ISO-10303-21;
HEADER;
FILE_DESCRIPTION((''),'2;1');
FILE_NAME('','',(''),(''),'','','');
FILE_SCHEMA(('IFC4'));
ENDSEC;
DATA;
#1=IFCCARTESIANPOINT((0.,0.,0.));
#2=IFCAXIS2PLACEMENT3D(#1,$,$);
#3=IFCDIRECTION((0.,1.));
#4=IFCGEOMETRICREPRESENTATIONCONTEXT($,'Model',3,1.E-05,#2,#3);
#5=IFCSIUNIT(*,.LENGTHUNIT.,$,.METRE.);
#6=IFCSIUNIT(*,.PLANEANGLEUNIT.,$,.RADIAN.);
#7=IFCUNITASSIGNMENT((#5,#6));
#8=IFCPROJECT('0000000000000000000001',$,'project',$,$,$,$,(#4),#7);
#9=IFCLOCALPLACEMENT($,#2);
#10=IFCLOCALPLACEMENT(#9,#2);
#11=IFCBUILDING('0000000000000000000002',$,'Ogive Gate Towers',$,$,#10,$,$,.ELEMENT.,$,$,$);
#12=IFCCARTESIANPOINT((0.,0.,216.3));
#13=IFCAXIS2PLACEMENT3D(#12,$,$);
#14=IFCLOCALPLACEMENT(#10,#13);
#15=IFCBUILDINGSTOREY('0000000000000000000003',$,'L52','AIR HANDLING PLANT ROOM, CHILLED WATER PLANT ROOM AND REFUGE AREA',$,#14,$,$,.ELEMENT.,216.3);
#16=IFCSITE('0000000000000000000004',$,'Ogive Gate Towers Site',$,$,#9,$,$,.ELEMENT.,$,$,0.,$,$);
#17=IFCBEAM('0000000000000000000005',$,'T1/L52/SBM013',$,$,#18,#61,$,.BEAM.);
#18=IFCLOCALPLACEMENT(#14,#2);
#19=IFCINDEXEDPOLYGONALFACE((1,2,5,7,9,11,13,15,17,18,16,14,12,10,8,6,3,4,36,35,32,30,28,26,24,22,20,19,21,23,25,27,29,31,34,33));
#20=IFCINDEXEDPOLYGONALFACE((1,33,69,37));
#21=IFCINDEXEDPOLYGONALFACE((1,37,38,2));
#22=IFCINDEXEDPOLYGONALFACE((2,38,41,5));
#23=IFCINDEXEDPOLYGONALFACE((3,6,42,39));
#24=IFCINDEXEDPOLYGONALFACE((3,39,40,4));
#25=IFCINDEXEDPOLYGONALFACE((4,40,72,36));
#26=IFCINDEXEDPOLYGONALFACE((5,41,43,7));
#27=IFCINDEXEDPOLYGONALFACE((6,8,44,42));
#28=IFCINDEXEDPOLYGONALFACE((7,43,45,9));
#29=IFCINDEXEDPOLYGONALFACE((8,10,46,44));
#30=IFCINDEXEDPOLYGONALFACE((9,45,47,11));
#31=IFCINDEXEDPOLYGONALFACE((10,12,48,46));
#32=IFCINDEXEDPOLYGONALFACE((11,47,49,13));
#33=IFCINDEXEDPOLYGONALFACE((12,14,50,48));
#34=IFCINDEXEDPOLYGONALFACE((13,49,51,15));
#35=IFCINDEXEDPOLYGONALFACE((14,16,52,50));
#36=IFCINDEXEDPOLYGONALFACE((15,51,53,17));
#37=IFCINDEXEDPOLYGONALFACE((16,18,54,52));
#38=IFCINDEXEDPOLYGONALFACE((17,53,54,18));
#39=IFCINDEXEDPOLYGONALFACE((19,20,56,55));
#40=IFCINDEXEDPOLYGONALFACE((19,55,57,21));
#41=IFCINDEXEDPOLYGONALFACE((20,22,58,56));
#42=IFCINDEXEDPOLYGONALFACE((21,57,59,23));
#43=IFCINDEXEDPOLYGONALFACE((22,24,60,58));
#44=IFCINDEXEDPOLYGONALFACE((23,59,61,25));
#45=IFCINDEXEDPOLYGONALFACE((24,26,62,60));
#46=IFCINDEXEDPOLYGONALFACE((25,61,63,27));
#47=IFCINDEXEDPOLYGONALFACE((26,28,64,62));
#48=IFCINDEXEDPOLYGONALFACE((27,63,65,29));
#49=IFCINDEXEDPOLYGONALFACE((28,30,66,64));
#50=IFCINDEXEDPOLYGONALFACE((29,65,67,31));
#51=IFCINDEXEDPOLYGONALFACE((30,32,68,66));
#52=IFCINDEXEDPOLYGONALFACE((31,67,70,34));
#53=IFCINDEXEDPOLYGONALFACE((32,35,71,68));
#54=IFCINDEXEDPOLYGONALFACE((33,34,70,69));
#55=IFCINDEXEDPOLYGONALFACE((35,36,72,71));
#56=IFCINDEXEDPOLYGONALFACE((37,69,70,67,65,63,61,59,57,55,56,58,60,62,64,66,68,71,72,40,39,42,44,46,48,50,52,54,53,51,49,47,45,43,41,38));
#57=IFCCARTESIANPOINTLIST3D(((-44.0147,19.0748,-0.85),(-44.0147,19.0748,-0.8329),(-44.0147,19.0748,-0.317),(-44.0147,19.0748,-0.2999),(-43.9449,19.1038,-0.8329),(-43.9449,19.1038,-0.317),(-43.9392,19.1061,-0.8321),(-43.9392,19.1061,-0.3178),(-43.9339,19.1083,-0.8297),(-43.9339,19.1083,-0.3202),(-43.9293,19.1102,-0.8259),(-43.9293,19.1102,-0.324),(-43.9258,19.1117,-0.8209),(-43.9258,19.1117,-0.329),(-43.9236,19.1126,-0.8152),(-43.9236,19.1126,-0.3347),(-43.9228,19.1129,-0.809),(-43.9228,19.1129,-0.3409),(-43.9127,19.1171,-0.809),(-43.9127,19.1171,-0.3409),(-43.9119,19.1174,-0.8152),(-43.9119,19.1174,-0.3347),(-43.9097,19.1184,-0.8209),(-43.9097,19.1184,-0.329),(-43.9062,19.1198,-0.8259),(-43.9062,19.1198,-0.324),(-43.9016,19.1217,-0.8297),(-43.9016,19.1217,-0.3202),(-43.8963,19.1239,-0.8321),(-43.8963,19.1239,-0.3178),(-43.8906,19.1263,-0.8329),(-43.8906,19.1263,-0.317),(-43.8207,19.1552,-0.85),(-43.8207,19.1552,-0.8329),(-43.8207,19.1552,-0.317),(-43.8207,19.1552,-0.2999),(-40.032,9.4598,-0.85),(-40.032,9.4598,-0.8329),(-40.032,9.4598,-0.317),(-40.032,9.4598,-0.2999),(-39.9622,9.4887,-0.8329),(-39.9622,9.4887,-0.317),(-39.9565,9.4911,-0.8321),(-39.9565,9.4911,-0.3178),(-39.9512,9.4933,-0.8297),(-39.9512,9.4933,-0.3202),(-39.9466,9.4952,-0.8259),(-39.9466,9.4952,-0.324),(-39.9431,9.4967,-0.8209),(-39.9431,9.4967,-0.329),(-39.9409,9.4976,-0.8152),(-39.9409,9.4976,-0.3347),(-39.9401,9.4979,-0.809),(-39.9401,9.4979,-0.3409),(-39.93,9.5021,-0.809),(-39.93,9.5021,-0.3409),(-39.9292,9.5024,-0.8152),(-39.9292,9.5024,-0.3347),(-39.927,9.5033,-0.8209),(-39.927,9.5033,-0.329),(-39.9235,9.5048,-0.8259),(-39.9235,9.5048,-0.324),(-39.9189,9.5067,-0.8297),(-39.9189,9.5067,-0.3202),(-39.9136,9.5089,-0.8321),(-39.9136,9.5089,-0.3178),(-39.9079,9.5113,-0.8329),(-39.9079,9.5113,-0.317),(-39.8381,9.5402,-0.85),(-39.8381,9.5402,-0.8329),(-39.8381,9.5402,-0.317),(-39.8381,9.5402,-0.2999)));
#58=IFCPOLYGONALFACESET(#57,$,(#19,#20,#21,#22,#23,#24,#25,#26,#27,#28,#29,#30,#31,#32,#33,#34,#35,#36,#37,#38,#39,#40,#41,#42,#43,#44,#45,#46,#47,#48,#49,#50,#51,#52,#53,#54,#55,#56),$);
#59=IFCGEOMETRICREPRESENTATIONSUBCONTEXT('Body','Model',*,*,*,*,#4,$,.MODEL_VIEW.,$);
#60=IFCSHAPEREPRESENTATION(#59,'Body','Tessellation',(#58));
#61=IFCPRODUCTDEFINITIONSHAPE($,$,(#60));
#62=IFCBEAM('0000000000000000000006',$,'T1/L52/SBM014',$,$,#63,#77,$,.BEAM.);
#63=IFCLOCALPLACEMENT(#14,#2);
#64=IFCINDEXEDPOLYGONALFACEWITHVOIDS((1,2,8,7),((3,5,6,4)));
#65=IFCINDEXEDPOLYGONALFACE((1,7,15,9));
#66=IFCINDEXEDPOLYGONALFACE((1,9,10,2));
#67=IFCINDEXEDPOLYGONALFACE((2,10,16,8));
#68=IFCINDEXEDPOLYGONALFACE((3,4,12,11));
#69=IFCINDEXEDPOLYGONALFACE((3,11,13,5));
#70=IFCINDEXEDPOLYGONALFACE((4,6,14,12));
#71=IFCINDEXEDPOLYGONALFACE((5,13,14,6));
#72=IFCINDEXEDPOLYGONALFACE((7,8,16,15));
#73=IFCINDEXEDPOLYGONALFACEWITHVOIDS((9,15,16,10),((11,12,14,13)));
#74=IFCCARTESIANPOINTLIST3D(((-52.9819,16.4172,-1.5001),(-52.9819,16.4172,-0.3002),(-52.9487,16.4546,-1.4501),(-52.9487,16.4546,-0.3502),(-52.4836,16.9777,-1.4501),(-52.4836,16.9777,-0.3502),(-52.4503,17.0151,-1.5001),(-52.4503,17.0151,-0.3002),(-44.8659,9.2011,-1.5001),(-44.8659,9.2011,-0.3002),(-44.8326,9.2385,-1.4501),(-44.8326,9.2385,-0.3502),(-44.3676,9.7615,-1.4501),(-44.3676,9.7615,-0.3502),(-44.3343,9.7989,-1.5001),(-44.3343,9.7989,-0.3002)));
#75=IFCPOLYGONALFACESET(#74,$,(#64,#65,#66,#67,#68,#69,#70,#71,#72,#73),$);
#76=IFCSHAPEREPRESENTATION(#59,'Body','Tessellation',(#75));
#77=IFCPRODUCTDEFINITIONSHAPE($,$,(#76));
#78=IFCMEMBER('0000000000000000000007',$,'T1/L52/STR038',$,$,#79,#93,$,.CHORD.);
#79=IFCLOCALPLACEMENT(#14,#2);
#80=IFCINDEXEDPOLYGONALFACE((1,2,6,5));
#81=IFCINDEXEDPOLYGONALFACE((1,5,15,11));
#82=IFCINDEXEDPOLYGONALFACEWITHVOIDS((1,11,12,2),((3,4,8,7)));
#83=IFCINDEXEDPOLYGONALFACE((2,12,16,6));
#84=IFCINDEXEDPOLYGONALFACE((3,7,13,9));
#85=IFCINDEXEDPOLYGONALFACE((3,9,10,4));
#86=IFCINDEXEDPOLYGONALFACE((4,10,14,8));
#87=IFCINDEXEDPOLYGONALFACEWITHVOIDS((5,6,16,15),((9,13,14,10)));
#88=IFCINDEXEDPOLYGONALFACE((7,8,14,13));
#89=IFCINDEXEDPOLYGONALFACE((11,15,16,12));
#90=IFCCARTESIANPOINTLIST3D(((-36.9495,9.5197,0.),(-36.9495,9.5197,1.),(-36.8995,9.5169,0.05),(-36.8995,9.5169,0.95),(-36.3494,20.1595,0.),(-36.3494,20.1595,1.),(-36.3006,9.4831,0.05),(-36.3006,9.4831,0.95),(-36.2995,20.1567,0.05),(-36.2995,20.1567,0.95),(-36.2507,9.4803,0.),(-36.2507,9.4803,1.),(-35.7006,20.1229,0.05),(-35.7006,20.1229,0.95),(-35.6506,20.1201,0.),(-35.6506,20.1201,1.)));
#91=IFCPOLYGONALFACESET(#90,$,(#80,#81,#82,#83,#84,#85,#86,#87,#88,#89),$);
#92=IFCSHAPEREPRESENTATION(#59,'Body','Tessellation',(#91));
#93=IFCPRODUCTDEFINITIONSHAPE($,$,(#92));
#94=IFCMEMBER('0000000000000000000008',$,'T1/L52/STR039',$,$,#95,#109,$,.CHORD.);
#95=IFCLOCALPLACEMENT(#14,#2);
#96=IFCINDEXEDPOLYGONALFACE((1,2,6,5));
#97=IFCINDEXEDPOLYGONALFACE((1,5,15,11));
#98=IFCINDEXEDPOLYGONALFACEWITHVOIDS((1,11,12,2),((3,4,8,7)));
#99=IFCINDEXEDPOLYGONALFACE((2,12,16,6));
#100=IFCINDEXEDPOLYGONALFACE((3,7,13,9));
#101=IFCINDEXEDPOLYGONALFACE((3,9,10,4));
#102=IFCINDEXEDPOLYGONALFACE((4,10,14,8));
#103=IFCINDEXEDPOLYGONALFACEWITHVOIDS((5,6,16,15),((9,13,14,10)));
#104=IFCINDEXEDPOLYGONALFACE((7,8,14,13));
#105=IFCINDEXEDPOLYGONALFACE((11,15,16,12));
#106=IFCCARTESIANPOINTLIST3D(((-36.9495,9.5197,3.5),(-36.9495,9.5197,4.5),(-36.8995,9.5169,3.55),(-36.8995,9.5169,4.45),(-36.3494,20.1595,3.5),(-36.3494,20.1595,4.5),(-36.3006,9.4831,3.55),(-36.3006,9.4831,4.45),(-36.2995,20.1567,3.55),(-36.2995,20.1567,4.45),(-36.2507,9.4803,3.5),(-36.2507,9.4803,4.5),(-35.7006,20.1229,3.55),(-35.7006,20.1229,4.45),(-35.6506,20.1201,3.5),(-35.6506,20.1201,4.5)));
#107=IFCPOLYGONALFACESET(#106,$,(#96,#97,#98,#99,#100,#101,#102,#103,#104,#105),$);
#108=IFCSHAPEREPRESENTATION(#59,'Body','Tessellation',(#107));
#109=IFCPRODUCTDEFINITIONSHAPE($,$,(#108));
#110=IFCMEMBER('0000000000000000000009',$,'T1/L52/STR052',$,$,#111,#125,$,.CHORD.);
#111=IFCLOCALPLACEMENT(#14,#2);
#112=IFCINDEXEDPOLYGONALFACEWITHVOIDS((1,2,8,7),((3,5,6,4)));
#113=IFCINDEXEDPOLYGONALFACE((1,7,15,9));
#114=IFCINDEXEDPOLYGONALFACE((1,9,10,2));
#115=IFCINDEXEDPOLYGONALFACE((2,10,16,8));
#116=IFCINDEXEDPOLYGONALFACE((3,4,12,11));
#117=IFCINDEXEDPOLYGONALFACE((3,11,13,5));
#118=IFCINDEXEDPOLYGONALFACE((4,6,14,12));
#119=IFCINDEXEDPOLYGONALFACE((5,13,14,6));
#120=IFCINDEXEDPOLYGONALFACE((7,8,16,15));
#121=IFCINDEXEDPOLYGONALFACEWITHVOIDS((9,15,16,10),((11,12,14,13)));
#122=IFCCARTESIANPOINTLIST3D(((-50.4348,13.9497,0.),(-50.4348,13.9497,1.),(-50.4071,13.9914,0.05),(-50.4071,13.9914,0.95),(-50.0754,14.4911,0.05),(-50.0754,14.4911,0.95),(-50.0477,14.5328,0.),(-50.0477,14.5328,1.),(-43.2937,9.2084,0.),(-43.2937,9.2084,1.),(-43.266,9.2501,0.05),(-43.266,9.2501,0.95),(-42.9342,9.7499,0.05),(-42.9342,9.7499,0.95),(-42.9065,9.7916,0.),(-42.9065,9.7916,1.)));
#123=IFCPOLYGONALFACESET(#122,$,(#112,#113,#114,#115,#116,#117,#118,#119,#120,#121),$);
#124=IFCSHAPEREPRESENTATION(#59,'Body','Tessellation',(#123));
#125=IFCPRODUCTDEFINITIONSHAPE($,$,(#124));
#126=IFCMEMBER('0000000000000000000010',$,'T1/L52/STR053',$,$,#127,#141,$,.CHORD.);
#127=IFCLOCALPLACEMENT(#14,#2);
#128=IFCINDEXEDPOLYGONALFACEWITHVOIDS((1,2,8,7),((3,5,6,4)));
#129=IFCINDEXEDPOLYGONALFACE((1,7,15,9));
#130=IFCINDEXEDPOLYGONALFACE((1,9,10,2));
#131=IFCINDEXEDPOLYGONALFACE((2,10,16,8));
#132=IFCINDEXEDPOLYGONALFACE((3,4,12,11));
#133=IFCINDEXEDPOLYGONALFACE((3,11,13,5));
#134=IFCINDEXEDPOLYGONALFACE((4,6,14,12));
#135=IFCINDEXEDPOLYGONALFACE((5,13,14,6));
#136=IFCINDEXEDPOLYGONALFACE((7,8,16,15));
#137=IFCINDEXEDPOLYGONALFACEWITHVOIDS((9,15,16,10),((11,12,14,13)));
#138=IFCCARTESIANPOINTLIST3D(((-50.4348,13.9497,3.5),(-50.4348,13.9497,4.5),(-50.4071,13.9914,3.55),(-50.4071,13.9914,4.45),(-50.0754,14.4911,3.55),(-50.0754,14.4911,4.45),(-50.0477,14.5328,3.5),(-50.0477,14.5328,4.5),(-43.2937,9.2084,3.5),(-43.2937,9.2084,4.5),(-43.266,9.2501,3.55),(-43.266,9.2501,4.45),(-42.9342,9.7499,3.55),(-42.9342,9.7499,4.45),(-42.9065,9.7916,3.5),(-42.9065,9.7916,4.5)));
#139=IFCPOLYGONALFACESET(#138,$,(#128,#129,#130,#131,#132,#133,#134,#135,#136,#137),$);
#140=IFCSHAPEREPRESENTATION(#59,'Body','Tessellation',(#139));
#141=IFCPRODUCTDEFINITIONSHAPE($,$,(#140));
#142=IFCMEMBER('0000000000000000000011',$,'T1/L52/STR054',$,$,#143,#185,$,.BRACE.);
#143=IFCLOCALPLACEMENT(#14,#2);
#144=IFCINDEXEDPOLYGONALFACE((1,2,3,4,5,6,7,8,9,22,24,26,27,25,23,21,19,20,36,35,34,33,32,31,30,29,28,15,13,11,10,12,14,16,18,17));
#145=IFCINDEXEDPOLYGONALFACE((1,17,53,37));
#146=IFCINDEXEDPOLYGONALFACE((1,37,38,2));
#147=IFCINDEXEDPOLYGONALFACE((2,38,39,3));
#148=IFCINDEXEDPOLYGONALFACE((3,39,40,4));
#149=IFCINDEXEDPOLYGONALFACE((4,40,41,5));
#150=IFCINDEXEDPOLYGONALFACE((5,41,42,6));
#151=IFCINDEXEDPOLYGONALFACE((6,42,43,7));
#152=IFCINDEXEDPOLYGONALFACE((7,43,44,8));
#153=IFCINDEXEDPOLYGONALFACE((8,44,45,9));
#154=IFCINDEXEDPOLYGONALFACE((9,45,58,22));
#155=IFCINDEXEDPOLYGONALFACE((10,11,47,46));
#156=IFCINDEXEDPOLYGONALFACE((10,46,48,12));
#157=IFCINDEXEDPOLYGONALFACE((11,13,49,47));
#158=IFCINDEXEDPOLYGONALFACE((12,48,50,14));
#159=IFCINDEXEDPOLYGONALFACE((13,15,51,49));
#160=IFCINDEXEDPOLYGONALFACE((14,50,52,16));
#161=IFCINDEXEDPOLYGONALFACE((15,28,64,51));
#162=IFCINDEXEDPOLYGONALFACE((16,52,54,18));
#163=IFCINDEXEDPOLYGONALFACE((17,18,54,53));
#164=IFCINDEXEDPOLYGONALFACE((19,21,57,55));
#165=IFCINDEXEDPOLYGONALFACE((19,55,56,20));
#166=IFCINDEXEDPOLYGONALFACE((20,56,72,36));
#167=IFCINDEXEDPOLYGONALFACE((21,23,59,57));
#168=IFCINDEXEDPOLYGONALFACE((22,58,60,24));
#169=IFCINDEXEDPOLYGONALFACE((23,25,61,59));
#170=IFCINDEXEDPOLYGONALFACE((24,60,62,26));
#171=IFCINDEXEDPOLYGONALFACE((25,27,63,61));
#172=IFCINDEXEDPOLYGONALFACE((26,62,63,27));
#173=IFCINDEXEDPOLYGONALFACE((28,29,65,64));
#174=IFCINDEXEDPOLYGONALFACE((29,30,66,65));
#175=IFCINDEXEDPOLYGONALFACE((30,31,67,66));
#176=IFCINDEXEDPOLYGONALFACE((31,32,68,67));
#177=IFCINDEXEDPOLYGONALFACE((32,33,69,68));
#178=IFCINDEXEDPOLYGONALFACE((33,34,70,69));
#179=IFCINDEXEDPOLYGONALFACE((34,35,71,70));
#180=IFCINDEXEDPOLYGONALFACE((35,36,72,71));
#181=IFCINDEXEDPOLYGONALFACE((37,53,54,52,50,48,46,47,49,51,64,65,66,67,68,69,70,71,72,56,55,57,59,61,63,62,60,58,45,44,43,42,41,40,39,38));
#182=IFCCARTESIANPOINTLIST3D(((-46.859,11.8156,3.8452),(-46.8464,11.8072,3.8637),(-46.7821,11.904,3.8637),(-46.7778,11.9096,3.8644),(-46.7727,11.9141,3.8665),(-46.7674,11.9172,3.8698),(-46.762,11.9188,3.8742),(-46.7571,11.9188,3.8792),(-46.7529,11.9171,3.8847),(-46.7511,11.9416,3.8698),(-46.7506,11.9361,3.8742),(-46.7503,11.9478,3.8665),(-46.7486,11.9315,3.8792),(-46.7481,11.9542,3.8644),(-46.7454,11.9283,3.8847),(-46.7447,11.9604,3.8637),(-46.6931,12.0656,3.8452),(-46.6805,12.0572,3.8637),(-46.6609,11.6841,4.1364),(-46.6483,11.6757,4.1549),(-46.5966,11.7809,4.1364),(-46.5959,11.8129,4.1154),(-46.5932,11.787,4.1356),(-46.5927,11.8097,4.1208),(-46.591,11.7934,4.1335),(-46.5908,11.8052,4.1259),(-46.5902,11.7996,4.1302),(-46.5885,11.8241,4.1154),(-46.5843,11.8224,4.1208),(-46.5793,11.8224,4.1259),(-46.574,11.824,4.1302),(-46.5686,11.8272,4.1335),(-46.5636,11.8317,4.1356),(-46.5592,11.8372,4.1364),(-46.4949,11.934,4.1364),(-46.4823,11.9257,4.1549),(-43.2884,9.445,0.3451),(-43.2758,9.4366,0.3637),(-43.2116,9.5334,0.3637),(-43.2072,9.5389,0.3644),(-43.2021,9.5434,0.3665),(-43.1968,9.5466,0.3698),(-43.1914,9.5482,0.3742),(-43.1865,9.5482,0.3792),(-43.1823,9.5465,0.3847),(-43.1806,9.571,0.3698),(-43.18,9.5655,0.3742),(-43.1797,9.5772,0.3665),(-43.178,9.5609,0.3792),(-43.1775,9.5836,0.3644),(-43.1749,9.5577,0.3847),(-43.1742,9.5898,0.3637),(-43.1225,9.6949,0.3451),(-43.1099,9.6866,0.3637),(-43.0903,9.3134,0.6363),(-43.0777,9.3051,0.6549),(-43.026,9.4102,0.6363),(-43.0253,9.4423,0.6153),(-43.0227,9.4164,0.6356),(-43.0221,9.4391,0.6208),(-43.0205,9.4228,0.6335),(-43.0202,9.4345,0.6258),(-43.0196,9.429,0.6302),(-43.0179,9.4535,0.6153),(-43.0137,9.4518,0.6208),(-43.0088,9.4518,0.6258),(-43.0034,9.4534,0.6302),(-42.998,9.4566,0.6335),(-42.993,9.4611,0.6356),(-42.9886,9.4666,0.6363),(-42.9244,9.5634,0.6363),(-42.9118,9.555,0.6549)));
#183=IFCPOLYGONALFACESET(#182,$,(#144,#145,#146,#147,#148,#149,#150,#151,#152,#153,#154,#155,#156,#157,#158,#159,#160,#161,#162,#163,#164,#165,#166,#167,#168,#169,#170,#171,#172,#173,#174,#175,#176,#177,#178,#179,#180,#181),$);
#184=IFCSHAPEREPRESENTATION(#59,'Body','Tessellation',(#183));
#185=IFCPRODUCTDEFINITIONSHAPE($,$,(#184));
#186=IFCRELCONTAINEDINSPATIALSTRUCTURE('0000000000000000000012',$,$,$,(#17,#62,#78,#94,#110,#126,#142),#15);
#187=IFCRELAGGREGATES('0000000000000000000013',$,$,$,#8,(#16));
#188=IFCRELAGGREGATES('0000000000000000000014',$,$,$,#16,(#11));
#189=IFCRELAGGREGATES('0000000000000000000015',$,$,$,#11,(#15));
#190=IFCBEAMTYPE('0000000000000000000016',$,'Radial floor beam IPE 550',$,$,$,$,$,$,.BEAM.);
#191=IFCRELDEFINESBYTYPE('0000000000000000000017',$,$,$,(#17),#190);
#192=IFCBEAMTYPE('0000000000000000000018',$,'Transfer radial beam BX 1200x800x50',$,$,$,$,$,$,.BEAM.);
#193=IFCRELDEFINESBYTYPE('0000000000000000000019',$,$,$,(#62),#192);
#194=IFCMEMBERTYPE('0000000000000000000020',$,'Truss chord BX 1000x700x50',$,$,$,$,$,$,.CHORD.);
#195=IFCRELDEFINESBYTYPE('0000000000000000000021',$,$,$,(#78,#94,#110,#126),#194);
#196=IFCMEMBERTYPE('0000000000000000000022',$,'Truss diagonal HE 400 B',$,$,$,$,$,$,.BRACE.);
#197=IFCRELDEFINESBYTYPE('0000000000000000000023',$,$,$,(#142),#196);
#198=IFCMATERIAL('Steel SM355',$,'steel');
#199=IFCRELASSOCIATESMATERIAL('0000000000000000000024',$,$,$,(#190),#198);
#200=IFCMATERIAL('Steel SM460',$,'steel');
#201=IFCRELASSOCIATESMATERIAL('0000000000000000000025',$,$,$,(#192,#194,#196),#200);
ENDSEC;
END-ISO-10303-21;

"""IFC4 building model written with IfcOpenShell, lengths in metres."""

from ifc_helpers import new_model, si_unit, direction, frame, origin, origin_2d, place, context, subcontext, project, spatial, hollow_rectangle, i_section, extrude, material, material_profile, profile_set, type_object, element, save


model = new_model("IFC4")

# Units and contexts
model_context = context("Model", 3, precision=1e-05, world=origin(), true_north=direction((0.0, 1.0)))
body_context = subcontext(model_context, "Body", "Model", "MODEL_VIEW")
ifc_project = project(units=[si_unit("LENGTHUNIT", "METRE"), si_unit("PLANEANGLEUNIT", "RADIAN")], contexts=[model_context])

# Site, building, storey
site_placement = place(None, origin())
site = spatial("IfcSite", under=ifc_project, at=site_placement, Name="Ogive Gate Towers Site", CompositionType="ELEMENT", RefElevation=0.0)
building_placement = place(site_placement, origin())
building = spatial("IfcBuilding", under=site, at=building_placement, Name="Ogive Gate Towers", CompositionType="ELEMENT")
storey_placement = place(building_placement, frame((0.0, 0.0, 216.3)))
storey = spatial("IfcBuildingStorey", under=building, at=storey_placement, Name="L52", Description="AIR HANDLING PLANT ROOM, CHILLED WATER PLANT ROOM AND REFUGE AREA", CompositionType="ELEMENT", Elevation=216.3)

# Beams
ifc_material_1 = material(Name="Steel SM355", Category="steel")
ifc_material_profile_1 = material_profile(ifc_material_1, i_section(OverallWidth=0.21, OverallDepth=0.55, WebThickness=0.011, FlangeThickness=0.0171, FilletRadius=0.0239, at=origin_2d()), Name="IPE 550")
ifc_profile_set_1 = profile_set([ifc_material_profile_1], Name="Steel SM355")
beam_type_1 = type_object("IfcBeamType", Name="Radial floor beam IPE 550", PredefinedType="BEAM", material=ifc_profile_set_1)
beam_1_placement = place(storey_placement, frame((-39.9351, 9.5, -0.575), z_axis=(-0.382684, 0.923879, 0.0), x_axis=(-0.923879, -0.382684, 0.0)))
element("IfcBeam", 1, at=beam_1_placement, inside=storey, type_object=beam_type_1, Name="T1/L52/SBM013", PredefinedType="BEAM", context=body_context, shape_type="SweptSolid", body=[
    extrude(i_section(OverallWidth=0.21, OverallDepth=0.55, WebThickness=0.011, FlangeThickness=0.0171, FilletRadius=0.0239, at=origin_2d()), origin(), (0.0, 0.0, 1.0), 10.4072),
])
ifc_material_2 = material(Name="Steel SM460", Category="steel")
ifc_material_profile_2 = material_profile(ifc_material_2, hollow_rectangle(XDim=0.8, YDim=1.2, WallThickness=0.05, at=origin_2d()), Name="BX 1200x800x50")
ifc_profile_set_2 = profile_set([ifc_material_profile_2], Name="Steel SM460")
beam_type_2 = type_object("IfcBeamType", Name="Transfer radial beam BX 1200x800x50", PredefinedType="BEAM", material=ifc_profile_set_2)
beam_2_placement = place(storey_placement, frame((-44.6001, 9.5, -0.9001), z_axis=(-0.747324, 0.66446, 0.0), x_axis=(-0.66446, -0.747324, 0.0)))
element("IfcBeam", 2, at=beam_2_placement, inside=storey, type_object=beam_type_2, Name="T1/L52/SBM014", PredefinedType="BEAM", context=body_context, shape_type="SweptSolid", body=[
    extrude(hollow_rectangle(XDim=0.8, YDim=1.2, WallThickness=0.05, at=origin_2d()), origin(), (0.0, 0.0, 1.0), 10.8601),
])

# Members
ifc_material_profile_3 = material_profile(ifc_material_2, hollow_rectangle(XDim=0.7, YDim=1.0, WallThickness=0.05, at=origin_2d()), Name="BX 1000x700x50")
ifc_profile_set_3 = profile_set([ifc_material_profile_3], Name="Steel SM460")
member_type_1 = type_object("IfcMemberType", Name="Truss chord BX 1000x700x50", PredefinedType="CHORD", material=ifc_profile_set_3)
for number, where, z_axis, x_axis, name in (
    (3, (-36.6001, 9.5, 0.5), (0.056311, 0.998413, 0.0), (-0.998413, 0.056311, 0.0), "T1/L52/STR038"),
    (4, (-36.6001, 9.5, 4.0), (0.056311, 0.998413, 0.0), (-0.998413, 0.056311, 0.0), "T1/L52/STR039"),
):
    element("IfcMember", number, at=place(storey_placement, frame(where, z_axis=z_axis, x_axis=x_axis)), inside=storey, type_object=member_type_1, Name=name, PredefinedType="CHORD", context=body_context, shape_type="SweptSolid", body=[
        extrude(hollow_rectangle(XDim=0.7, YDim=1.0, WallThickness=0.05, at=origin_2d()), origin(), (0.0, 0.0, 1.0), 10.6567),
    ])
for number, where, z_axis, x_axis, name in (
    (5, (-43.1001, 9.5, 0.5), (-0.8331, 0.553122, 0.0), (-0.553122, -0.8331, 0.0), "T1/L52/STR052"),
    (6, (-43.1001, 9.5, 4.0), (-0.8331, 0.553122, 0.0), (-0.553122, -0.8331, 0.0), "T1/L52/STR053"),
):
    element("IfcMember", number, at=place(storey_placement, frame(where, z_axis=z_axis, x_axis=x_axis)), inside=storey, type_object=member_type_1, Name=name, PredefinedType="CHORD", context=body_context, shape_type="SweptSolid", body=[
        extrude(hollow_rectangle(XDim=0.7, YDim=1.0, WallThickness=0.05, at=origin_2d()), origin(), (0.0, 0.0, 1.0), 8.5718),
    ])
ifc_material_profile_4 = material_profile(ifc_material_2, i_section(OverallWidth=0.3, OverallDepth=0.3999, WebThickness=0.0134, FlangeThickness=0.0239, FilletRadius=0.0271, at=origin_2d()), Name="HE 400 B")
ifc_profile_set_4 = profile_set([ifc_material_profile_4], Name="Steel SM460")
member_type_2 = type_object("IfcMemberType", Name="Truss diagonal HE 400 B", PredefinedType="BRACE", material=ifc_profile_set_4)
member_1_placement = place(storey_placement, frame((-43.1001, 9.5, 0.5), z_axis=(-0.645272, 0.428417, 0.632521), x_axis=(-0.553122, -0.8331, 0.0)))
element("IfcMember", 7, at=member_1_placement, inside=storey, type_object=member_type_2, Name="T1/L52/STR054", PredefinedType="BRACE", context=body_context, shape_type="SweptSolid", body=[
    extrude(i_section(OverallWidth=0.3, OverallDepth=0.3999, WebThickness=0.0134, FlangeThickness=0.0239, FilletRadius=0.0271, at=origin_2d()), origin(), (0.0, 0.0, 1.0), 5.5334),
])

save(model, "model.ifc")
